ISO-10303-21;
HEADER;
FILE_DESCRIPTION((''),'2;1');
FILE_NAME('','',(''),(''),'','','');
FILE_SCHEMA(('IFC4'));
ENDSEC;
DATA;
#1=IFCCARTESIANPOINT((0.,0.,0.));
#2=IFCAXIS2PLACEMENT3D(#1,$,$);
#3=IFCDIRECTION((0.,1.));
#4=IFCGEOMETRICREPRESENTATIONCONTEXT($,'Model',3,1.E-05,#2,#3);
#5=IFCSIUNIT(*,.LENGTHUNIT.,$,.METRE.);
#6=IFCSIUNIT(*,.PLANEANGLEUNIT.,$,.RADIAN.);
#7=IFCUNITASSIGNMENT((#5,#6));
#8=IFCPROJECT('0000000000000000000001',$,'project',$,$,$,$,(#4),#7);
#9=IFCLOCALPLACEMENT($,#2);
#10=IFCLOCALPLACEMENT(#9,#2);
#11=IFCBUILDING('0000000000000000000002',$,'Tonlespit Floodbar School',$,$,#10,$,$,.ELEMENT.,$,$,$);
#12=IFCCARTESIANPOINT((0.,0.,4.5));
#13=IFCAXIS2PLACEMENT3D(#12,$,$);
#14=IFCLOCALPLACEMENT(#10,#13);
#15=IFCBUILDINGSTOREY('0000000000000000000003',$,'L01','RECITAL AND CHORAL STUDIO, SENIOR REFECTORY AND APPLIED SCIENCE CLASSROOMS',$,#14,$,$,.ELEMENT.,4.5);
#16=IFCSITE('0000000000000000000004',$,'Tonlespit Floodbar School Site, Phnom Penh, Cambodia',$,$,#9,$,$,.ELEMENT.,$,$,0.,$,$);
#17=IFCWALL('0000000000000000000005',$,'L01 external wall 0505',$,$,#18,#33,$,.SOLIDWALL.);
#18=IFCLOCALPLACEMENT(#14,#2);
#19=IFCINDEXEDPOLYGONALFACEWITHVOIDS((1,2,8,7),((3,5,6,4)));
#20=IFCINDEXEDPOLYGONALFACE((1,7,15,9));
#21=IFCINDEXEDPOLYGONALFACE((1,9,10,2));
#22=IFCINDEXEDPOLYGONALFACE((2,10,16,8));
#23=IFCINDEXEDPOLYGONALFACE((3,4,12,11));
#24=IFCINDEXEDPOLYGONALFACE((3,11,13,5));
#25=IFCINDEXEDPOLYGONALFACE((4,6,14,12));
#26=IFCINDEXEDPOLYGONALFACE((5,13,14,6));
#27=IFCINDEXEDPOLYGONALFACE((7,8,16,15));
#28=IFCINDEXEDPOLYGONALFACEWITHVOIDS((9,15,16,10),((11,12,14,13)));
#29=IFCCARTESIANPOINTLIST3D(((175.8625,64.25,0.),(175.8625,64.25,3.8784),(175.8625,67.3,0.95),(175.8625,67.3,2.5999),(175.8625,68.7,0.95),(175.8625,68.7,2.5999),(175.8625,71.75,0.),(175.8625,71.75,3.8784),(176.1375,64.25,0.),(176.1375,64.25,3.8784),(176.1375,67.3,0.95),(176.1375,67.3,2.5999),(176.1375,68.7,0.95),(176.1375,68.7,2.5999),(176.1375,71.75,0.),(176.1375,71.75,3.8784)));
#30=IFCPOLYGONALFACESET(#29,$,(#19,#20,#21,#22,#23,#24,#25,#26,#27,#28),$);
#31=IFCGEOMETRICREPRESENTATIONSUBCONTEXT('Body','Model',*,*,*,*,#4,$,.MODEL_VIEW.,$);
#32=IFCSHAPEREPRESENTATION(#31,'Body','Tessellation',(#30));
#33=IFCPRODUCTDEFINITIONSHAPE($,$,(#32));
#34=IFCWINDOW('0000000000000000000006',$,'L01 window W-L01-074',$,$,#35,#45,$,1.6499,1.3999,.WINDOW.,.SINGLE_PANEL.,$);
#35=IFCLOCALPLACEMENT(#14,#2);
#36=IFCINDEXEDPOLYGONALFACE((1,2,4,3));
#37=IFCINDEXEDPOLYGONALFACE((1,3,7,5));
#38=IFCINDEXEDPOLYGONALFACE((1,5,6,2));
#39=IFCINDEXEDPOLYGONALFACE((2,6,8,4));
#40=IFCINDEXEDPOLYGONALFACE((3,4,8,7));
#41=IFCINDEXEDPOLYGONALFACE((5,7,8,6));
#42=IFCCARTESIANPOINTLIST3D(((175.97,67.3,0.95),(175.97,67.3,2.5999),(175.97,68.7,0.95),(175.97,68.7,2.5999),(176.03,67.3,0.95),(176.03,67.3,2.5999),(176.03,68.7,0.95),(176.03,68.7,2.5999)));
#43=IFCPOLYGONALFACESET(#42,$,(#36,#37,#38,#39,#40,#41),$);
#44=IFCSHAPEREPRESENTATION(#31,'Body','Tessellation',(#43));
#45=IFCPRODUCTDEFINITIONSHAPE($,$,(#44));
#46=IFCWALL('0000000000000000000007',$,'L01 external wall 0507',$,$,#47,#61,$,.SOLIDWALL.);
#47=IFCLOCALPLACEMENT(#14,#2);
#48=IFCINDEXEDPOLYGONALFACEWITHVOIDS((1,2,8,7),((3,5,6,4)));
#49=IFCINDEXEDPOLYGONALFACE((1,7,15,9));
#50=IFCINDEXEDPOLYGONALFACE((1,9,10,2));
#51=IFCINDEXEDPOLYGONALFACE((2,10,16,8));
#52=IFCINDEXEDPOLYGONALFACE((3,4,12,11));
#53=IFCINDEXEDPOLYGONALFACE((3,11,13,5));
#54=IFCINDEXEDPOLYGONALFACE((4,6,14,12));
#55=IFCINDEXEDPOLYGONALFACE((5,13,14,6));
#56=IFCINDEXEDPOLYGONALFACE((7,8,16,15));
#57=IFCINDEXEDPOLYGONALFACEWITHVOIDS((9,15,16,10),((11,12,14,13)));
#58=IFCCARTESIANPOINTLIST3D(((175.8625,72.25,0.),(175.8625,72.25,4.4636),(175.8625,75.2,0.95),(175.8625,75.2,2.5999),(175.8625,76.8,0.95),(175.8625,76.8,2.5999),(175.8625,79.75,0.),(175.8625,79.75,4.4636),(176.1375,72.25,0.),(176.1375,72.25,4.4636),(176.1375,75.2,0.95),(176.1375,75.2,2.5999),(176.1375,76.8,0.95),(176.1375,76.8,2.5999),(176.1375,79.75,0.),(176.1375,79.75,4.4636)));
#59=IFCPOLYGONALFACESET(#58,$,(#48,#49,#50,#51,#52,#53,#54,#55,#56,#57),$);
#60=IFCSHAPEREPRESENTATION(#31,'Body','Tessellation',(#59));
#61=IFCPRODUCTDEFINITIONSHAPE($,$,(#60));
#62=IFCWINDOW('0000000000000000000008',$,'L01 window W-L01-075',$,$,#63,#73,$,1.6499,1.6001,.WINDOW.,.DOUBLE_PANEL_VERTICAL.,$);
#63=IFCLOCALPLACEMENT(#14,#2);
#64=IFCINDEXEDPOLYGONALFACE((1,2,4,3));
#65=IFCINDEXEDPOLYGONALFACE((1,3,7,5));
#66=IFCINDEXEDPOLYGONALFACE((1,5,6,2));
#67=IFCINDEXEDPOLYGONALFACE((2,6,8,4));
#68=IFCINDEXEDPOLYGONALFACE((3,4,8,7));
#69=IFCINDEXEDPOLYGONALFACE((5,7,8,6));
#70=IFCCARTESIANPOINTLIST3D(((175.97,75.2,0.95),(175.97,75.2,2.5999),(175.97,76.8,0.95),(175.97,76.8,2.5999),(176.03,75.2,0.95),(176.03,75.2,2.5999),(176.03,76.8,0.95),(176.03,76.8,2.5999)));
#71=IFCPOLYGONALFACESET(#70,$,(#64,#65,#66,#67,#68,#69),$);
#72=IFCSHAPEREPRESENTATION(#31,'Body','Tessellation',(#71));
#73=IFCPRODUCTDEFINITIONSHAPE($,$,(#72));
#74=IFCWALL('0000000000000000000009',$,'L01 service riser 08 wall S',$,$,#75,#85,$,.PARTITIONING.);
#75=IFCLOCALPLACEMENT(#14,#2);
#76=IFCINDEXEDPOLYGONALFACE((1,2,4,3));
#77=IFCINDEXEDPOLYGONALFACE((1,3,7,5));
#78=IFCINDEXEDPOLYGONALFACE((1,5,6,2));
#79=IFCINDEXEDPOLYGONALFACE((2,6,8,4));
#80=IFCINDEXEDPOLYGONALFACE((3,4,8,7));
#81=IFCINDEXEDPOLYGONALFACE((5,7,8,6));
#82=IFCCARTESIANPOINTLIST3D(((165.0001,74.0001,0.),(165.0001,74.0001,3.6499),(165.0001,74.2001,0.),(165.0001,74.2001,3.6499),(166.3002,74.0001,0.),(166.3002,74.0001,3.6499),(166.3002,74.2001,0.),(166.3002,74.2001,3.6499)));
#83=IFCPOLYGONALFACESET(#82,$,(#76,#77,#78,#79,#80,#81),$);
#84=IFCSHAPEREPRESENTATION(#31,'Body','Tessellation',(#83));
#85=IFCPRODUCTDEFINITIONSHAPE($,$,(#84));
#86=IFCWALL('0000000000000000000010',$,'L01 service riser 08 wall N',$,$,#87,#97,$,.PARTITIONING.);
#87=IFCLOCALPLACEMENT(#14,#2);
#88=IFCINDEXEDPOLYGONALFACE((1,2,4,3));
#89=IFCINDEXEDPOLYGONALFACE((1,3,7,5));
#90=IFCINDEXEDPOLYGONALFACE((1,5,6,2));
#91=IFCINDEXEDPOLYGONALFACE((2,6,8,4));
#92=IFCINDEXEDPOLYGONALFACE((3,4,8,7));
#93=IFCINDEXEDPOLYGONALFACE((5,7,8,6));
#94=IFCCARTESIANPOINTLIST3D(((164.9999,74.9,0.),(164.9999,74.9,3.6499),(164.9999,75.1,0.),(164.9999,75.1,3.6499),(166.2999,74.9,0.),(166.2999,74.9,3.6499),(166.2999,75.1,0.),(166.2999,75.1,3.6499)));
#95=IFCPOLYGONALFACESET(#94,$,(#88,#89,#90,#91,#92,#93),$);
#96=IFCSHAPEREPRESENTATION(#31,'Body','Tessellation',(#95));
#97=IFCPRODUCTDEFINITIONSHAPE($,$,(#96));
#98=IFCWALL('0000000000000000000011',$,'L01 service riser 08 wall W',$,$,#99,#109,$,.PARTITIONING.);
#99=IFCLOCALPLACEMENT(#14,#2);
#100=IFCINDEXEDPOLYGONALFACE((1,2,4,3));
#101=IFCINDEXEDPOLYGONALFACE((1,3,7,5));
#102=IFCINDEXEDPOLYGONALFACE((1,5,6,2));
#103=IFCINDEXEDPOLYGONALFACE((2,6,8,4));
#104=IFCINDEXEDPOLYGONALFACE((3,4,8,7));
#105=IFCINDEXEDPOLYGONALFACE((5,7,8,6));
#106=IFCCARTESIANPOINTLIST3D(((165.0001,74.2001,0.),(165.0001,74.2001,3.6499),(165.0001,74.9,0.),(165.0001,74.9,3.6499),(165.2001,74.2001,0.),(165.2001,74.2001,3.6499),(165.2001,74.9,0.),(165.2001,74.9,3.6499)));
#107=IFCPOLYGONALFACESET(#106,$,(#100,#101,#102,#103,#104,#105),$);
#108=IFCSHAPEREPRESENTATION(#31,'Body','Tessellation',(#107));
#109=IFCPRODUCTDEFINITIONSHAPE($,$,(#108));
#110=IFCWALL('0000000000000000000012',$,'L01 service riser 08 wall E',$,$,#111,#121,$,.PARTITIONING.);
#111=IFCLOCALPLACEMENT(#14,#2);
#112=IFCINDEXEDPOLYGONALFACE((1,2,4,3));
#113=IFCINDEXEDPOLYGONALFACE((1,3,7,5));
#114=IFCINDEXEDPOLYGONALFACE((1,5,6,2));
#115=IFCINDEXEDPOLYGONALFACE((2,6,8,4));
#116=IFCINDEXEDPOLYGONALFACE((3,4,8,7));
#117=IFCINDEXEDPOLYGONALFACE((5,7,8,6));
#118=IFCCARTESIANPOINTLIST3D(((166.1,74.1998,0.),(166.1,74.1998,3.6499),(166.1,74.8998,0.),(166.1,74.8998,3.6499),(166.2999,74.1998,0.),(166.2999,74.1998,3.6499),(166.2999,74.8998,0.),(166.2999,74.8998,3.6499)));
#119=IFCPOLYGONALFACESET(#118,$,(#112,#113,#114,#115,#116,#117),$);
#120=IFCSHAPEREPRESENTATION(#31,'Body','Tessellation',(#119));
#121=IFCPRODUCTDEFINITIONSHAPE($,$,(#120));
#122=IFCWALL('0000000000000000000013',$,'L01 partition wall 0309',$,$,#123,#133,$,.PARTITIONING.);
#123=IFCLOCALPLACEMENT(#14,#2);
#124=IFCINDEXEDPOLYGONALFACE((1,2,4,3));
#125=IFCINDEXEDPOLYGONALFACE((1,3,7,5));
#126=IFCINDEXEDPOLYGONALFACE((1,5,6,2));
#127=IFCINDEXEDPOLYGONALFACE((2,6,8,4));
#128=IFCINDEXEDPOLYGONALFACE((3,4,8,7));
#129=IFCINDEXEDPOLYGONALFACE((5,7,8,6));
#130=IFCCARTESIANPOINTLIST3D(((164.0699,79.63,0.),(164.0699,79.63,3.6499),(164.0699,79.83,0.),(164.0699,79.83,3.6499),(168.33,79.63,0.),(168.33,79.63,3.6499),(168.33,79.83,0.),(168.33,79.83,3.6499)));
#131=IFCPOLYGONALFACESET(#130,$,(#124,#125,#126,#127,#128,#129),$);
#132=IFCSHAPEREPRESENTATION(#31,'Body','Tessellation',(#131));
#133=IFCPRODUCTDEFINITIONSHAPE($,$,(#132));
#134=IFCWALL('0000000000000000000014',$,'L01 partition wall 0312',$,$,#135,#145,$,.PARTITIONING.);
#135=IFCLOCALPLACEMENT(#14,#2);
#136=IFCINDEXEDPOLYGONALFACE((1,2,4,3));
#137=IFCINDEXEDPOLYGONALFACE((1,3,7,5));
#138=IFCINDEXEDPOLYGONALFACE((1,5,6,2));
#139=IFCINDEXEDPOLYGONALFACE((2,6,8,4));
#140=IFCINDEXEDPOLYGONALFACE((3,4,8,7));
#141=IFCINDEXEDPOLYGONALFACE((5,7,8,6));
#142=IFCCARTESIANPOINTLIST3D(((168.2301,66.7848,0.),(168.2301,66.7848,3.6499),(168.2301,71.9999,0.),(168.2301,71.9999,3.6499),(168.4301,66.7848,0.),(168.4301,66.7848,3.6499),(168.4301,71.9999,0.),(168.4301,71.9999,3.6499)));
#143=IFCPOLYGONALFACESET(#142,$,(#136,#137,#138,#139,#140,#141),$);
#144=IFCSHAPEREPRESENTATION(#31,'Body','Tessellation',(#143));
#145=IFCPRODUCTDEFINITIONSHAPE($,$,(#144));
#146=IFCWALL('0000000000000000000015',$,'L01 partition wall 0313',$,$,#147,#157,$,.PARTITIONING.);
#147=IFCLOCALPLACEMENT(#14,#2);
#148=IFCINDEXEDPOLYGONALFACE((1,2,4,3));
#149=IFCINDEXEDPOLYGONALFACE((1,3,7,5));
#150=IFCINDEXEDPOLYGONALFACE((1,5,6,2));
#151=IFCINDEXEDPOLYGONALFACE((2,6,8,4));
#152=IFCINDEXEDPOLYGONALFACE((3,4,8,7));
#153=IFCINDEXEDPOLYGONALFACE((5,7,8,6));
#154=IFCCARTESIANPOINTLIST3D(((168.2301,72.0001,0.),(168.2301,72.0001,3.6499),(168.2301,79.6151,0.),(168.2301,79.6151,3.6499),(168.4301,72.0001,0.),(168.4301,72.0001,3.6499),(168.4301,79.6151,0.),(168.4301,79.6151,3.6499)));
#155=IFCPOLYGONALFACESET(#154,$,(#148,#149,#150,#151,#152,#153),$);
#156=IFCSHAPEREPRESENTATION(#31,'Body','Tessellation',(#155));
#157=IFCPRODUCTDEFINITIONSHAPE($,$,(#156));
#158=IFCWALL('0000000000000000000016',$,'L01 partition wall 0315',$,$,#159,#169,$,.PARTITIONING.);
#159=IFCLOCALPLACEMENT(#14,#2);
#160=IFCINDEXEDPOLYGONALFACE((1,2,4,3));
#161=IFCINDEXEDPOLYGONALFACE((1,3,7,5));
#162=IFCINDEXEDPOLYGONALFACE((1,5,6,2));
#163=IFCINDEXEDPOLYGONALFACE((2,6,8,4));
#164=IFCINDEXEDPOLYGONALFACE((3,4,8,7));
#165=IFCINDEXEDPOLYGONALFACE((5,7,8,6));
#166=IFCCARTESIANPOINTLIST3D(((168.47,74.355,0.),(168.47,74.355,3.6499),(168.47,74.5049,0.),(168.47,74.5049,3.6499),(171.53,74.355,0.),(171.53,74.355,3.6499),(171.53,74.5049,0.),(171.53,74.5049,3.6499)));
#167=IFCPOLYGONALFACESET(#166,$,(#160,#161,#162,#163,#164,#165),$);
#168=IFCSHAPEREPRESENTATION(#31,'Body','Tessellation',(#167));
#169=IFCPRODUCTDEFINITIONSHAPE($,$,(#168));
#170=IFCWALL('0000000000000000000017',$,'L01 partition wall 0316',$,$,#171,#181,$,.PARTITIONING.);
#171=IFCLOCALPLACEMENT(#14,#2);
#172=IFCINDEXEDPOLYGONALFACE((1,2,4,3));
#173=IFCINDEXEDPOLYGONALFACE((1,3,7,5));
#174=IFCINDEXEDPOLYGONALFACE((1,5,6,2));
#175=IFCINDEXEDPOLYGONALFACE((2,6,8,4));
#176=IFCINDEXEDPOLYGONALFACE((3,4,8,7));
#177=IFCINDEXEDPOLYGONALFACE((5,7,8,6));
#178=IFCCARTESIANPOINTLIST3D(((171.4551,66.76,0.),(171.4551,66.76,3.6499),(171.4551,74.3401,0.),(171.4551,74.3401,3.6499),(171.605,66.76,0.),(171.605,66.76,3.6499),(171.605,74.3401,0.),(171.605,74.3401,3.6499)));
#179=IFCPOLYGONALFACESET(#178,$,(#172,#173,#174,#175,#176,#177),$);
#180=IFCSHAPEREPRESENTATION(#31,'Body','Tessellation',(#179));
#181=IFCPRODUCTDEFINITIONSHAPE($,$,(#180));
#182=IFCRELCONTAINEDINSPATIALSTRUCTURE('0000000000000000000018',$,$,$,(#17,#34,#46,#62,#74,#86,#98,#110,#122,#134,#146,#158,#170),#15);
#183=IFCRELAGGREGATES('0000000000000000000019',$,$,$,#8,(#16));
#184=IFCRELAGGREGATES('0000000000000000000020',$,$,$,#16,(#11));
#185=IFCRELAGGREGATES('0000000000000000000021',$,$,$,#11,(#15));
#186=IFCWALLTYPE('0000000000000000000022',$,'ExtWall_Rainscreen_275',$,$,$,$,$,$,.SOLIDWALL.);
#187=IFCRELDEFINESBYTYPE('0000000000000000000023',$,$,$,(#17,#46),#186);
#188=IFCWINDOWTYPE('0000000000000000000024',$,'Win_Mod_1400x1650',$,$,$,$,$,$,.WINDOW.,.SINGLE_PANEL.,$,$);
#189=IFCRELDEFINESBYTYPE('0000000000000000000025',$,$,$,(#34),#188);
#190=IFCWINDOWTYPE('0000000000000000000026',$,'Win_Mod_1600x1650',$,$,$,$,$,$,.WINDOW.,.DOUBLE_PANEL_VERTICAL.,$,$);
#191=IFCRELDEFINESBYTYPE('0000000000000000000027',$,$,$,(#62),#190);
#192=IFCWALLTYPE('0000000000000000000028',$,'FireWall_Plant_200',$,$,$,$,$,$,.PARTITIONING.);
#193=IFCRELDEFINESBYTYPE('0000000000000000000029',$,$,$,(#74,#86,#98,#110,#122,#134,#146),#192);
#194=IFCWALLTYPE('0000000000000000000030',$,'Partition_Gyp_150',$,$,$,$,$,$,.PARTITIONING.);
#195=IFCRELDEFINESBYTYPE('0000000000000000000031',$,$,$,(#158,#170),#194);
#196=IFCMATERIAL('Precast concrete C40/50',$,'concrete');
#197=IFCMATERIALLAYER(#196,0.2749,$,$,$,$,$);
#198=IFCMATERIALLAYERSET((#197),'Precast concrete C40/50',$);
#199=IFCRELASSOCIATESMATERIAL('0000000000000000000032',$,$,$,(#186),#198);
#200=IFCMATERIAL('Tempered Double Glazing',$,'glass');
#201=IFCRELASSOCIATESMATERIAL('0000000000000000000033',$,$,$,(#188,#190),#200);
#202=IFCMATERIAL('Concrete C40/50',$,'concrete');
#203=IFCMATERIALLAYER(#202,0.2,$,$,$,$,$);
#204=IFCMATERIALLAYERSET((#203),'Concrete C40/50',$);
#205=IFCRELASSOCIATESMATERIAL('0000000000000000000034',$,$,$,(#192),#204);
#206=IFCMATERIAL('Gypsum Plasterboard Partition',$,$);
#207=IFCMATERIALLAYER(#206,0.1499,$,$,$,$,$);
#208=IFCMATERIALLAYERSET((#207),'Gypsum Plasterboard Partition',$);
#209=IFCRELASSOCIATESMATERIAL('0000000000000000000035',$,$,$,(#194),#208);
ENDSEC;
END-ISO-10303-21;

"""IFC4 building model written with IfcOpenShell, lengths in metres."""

from ifc_helpers import new_model, si_unit, direction, frame, frame_2d, origin, place, context, subcontext, project, spatial, rectangle, extrude, material, layer, layer_set, type_object, element, fill, save


model = new_model("IFC4")

# Units and contexts
model_context = context("Model", 3, precision=1e-05, world=origin(), true_north=direction((0.0, 1.0)))
body_context = subcontext(model_context, "Body", "Model", "MODEL_VIEW")
ifc_project = project(units=[si_unit("LENGTHUNIT", "METRE"), si_unit("PLANEANGLEUNIT", "RADIAN")], contexts=[model_context])

# Site, building, storey
site_placement = place(None, origin())
site = spatial("IfcSite", under=ifc_project, at=site_placement, Name="Tonlespit Floodbar School Site, Phnom Penh, Cambodia", CompositionType="ELEMENT", RefElevation=0.0)
building_placement = place(site_placement, origin())
building = spatial("IfcBuilding", under=site, at=building_placement, Name="Tonlespit Floodbar School", CompositionType="ELEMENT")
storey_placement = place(building_placement, frame((0.0, 0.0, 4.5)))
storey = spatial("IfcBuildingStorey", under=building, at=storey_placement, Name="L01", Description="RECITAL AND CHORAL STUDIO, SENIOR REFECTORY AND APPLIED SCIENCE CLASSROOMS", CompositionType="ELEMENT", Elevation=4.5)

# Shared definitions
ifc_material_1 = material(Name="Concrete C40/50", Category="concrete")

# Walls, openings, windows
ifc_material_2 = material(Name="Precast concrete C40/50", Category="concrete")
ifc_layer_1 = layer(ifc_material_2, 0.2749)
ifc_layer_set_1 = layer_set([ifc_layer_1], Name="Precast concrete C40/50")
wall_type_1 = type_object("IfcWallType", Name="ExtWall_Rainscreen_275", PredefinedType="SOLIDWALL", material=ifc_layer_set_1)
wall_1_placement = place(storey_placement, frame((176.0, 71.75, 0.0), z_axis=(0.0, 0.0, 1.0), x_axis=(0.0, -1.0, 0.0)))
wall_1 = element("IfcWall", 1, at=wall_1_placement, inside=storey, type_object=wall_type_1, Name="L01 external wall 0505", PredefinedType="SOLIDWALL", context=body_context, shape_type="SweptSolid", body=[
    extrude(rectangle(XDim=7.5, YDim=0.2749, at=frame_2d((3.75, 0.0))), origin(), (0.0, 0.0, 1.0), 3.8784),
])
opening_1_placement = place(wall_1_placement, frame((3.05, 0.0, 0.95)))
opening_1 = element("IfcOpeningElement", 2, at=opening_1_placement, cuts=wall_1, PredefinedType="OPENING", context=body_context, shape_type="SweptSolid", body=[
    extrude(rectangle(XDim=1.3999, YDim=1.6499, at=frame_2d((0.7, 0.825))), frame((0.0, 0.1475, 0.0), z_axis=(0.0, -1.0, 0.0), x_axis=(1.0, 0.0, 0.0)), (0.0, 0.0, 1.0), 0.2949),
])
ifc_material_3 = material(Name="Tempered Double Glazing", Category="glass")
window_type_1 = type_object("IfcWindowType", Name="Win_Mod_1400x1650", PartitioningType="SINGLE_PANEL", PredefinedType="WINDOW", material=ifc_material_3)
window_1_placement = place(opening_1_placement, origin())
window_1 = element("IfcWindow", 3, at=window_1_placement, inside=storey, type_object=window_type_1, Name="L01 window W-L01-074", OverallHeight=1.6499, OverallWidth=1.3999, PartitioningType="SINGLE_PANEL", PredefinedType="WINDOW", context=body_context, shape_type="SweptSolid", body=[
    extrude(rectangle(XDim=1.3999, YDim=1.6499, at=frame_2d((0.7, 0.825))), frame((0.0, 0.03, 0.0), z_axis=(0.0, -1.0, 0.0), x_axis=(1.0, 0.0, 0.0)), (0.0, 0.0, 1.0), 0.0601),
])
fill(opening_1, window_1)
wall_2_placement = place(storey_placement, frame((176.0, 79.75, 0.0), z_axis=(0.0, 0.0, 1.0), x_axis=(0.0, -1.0, 0.0)))
wall_2 = element("IfcWall", 4, at=wall_2_placement, inside=storey, type_object=wall_type_1, Name="L01 external wall 0507", PredefinedType="SOLIDWALL", context=body_context, shape_type="SweptSolid", body=[
    extrude(rectangle(XDim=7.5, YDim=0.2749, at=frame_2d((3.75, 0.0))), origin(), (0.0, 0.0, 1.0), 4.4636),
])
opening_2_placement = place(wall_2_placement, frame((2.95, 0.0, 0.95)))
opening_2 = element("IfcOpeningElement", 5, at=opening_2_placement, cuts=wall_2, PredefinedType="OPENING", context=body_context, shape_type="SweptSolid", body=[
    extrude(rectangle(XDim=1.6001, YDim=1.6499, at=frame_2d((0.8, 0.825))), frame((0.0, 0.1475, 0.0), z_axis=(0.0, -1.0, 0.0), x_axis=(1.0, 0.0, 0.0)), (0.0, 0.0, 1.0), 0.2949),
])
window_type_2 = type_object("IfcWindowType", Name="Win_Mod_1600x1650", PartitioningType="DOUBLE_PANEL_VERTICAL", PredefinedType="WINDOW", material=ifc_material_3)
window_2_placement = place(opening_2_placement, origin())
window_2 = element("IfcWindow", 6, at=window_2_placement, inside=storey, type_object=window_type_2, Name="L01 window W-L01-075", OverallHeight=1.6499, OverallWidth=1.6001, PartitioningType="DOUBLE_PANEL_VERTICAL", PredefinedType="WINDOW", context=body_context, shape_type="SweptSolid", body=[
    extrude(rectangle(XDim=1.6001, YDim=1.6499, at=frame_2d((0.8, 0.825))), frame((0.0, 0.03, 0.0), z_axis=(0.0, -1.0, 0.0), x_axis=(1.0, 0.0, 0.0)), (0.0, 0.0, 1.0), 0.0601),
])
fill(opening_2, window_2)

# Walls
ifc_layer_2 = layer(ifc_material_1, 0.2)
ifc_layer_set_2 = layer_set([ifc_layer_2], Name="Concrete C40/50")
wall_type_2 = type_object("IfcWallType", Name="FireWall_Plant_200", PredefinedType="PARTITIONING", material=ifc_layer_set_2)
for number, where, z_axis, x_axis, name in (
    (7, (166.3, 74.1001, 0.0), (0.0, 0.0, 1.0), (-1.0, 0.0, 0.0), "L01 service riser 08 wall S"),
    (8, (165.0, 75.0, 0.0), (0.0, 0.0, 1.0), (1.0, 0.0, 0.0), "L01 service riser 08 wall N"),
):
    element("IfcWall", number, at=place(storey_placement, frame(where, z_axis=z_axis, x_axis=x_axis)), inside=storey, type_object=wall_type_2, Name=name, PredefinedType="PARTITIONING", context=body_context, shape_type="SweptSolid", body=[
        extrude(rectangle(XDim=1.3, YDim=0.2, at=frame_2d((0.6499, 0.0))), origin(), (0.0, 0.0, 1.0), 3.6499),
    ])
for number, where, z_axis, x_axis, name in (
    (9, (165.1001, 74.2, 0.0), (0.0, 0.0, 1.0), (0.0, 1.0, 0.0), "L01 service riser 08 wall W"),
    (10, (166.2, 74.8999, 0.0), (0.0, 0.0, 1.0), (0.0, -1.0, 0.0), "L01 service riser 08 wall E"),
):
    element("IfcWall", number, at=place(storey_placement, frame(where, z_axis=z_axis, x_axis=x_axis)), inside=storey, type_object=wall_type_2, Name=name, PredefinedType="PARTITIONING", context=body_context, shape_type="SweptSolid", body=[
        extrude(rectangle(XDim=0.7, YDim=0.2, at=frame_2d((0.3501, 0.0))), origin(), (0.0, 0.0, 1.0), 3.6499),
    ])
wall_3_placement = place(storey_placement, frame((164.0701, 79.73, 0.0), z_axis=(0.0, 0.0, 1.0), x_axis=(1.0, 0.0, 0.0)))
element("IfcWall", 11, at=wall_3_placement, inside=storey, type_object=wall_type_2, Name="L01 partition wall 0309", PredefinedType="PARTITIONING", context=body_context, shape_type="SweptSolid", body=[
    extrude(rectangle(XDim=4.26, YDim=0.2, at=frame_2d((2.1299, 0.0))), origin(), (0.0, 0.0, 1.0), 3.6499),
])
wall_4_placement = place(storey_placement, frame((168.3301, 66.7849, 0.0), z_axis=(0.0, 0.0, 1.0), x_axis=(0.0, 1.0, 0.0)))
element("IfcWall", 12, at=wall_4_placement, inside=storey, type_object=wall_type_2, Name="L01 partition wall 0312", PredefinedType="PARTITIONING", context=body_context, shape_type="SweptSolid", body=[
    extrude(rectangle(XDim=5.2151, YDim=0.2, at=frame_2d((2.6074, 0.0))), origin(), (0.0, 0.0, 1.0), 3.6499),
])
wall_5_placement = place(storey_placement, frame((168.3301, 72.0, 0.0), z_axis=(0.0, 0.0, 1.0), x_axis=(0.0, 1.0, 0.0)))
element("IfcWall", 13, at=wall_5_placement, inside=storey, type_object=wall_type_2, Name="L01 partition wall 0313", PredefinedType="PARTITIONING", context=body_context, shape_type="SweptSolid", body=[
    extrude(rectangle(XDim=7.615, YDim=0.2, at=frame_2d((3.8076, 0.0))), origin(), (0.0, 0.0, 1.0), 3.6499),
])
ifc_material_4 = material(Name="Gypsum Plasterboard Partition")
ifc_layer_3 = layer(ifc_material_4, 0.1499)
ifc_layer_set_3 = layer_set([ifc_layer_3], Name="Gypsum Plasterboard Partition")
wall_type_3 = type_object("IfcWallType", Name="Partition_Gyp_150", PredefinedType="PARTITIONING", material=ifc_layer_set_3)
wall_6_placement = place(storey_placement, frame((168.47, 74.4299, 0.0), z_axis=(0.0, 0.0, 1.0), x_axis=(1.0, 0.0, 0.0)))
element("IfcWall", 14, at=wall_6_placement, inside=storey, type_object=wall_type_3, Name="L01 partition wall 0315", PredefinedType="PARTITIONING", context=body_context, shape_type="SweptSolid", body=[
    extrude(rectangle(XDim=3.0601, YDim=0.1499, at=frame_2d((1.53, 0.0))), origin(), (0.0, 0.0, 1.0), 3.6499),
])
wall_7_placement = place(storey_placement, frame((171.53, 66.76, 0.0), z_axis=(0.0, 0.0, 1.0), x_axis=(0.0, 1.0, 0.0)))
element("IfcWall", 15, at=wall_7_placement, inside=storey, type_object=wall_type_3, Name="L01 partition wall 0316", PredefinedType="PARTITIONING", context=body_context, shape_type="SweptSolid", body=[
    extrude(rectangle(XDim=7.5801, YDim=0.1499, at=frame_2d((3.79, 0.0))), origin(), (0.0, 0.0, 1.0), 3.6499),
])

save(model, "model.ifc")
